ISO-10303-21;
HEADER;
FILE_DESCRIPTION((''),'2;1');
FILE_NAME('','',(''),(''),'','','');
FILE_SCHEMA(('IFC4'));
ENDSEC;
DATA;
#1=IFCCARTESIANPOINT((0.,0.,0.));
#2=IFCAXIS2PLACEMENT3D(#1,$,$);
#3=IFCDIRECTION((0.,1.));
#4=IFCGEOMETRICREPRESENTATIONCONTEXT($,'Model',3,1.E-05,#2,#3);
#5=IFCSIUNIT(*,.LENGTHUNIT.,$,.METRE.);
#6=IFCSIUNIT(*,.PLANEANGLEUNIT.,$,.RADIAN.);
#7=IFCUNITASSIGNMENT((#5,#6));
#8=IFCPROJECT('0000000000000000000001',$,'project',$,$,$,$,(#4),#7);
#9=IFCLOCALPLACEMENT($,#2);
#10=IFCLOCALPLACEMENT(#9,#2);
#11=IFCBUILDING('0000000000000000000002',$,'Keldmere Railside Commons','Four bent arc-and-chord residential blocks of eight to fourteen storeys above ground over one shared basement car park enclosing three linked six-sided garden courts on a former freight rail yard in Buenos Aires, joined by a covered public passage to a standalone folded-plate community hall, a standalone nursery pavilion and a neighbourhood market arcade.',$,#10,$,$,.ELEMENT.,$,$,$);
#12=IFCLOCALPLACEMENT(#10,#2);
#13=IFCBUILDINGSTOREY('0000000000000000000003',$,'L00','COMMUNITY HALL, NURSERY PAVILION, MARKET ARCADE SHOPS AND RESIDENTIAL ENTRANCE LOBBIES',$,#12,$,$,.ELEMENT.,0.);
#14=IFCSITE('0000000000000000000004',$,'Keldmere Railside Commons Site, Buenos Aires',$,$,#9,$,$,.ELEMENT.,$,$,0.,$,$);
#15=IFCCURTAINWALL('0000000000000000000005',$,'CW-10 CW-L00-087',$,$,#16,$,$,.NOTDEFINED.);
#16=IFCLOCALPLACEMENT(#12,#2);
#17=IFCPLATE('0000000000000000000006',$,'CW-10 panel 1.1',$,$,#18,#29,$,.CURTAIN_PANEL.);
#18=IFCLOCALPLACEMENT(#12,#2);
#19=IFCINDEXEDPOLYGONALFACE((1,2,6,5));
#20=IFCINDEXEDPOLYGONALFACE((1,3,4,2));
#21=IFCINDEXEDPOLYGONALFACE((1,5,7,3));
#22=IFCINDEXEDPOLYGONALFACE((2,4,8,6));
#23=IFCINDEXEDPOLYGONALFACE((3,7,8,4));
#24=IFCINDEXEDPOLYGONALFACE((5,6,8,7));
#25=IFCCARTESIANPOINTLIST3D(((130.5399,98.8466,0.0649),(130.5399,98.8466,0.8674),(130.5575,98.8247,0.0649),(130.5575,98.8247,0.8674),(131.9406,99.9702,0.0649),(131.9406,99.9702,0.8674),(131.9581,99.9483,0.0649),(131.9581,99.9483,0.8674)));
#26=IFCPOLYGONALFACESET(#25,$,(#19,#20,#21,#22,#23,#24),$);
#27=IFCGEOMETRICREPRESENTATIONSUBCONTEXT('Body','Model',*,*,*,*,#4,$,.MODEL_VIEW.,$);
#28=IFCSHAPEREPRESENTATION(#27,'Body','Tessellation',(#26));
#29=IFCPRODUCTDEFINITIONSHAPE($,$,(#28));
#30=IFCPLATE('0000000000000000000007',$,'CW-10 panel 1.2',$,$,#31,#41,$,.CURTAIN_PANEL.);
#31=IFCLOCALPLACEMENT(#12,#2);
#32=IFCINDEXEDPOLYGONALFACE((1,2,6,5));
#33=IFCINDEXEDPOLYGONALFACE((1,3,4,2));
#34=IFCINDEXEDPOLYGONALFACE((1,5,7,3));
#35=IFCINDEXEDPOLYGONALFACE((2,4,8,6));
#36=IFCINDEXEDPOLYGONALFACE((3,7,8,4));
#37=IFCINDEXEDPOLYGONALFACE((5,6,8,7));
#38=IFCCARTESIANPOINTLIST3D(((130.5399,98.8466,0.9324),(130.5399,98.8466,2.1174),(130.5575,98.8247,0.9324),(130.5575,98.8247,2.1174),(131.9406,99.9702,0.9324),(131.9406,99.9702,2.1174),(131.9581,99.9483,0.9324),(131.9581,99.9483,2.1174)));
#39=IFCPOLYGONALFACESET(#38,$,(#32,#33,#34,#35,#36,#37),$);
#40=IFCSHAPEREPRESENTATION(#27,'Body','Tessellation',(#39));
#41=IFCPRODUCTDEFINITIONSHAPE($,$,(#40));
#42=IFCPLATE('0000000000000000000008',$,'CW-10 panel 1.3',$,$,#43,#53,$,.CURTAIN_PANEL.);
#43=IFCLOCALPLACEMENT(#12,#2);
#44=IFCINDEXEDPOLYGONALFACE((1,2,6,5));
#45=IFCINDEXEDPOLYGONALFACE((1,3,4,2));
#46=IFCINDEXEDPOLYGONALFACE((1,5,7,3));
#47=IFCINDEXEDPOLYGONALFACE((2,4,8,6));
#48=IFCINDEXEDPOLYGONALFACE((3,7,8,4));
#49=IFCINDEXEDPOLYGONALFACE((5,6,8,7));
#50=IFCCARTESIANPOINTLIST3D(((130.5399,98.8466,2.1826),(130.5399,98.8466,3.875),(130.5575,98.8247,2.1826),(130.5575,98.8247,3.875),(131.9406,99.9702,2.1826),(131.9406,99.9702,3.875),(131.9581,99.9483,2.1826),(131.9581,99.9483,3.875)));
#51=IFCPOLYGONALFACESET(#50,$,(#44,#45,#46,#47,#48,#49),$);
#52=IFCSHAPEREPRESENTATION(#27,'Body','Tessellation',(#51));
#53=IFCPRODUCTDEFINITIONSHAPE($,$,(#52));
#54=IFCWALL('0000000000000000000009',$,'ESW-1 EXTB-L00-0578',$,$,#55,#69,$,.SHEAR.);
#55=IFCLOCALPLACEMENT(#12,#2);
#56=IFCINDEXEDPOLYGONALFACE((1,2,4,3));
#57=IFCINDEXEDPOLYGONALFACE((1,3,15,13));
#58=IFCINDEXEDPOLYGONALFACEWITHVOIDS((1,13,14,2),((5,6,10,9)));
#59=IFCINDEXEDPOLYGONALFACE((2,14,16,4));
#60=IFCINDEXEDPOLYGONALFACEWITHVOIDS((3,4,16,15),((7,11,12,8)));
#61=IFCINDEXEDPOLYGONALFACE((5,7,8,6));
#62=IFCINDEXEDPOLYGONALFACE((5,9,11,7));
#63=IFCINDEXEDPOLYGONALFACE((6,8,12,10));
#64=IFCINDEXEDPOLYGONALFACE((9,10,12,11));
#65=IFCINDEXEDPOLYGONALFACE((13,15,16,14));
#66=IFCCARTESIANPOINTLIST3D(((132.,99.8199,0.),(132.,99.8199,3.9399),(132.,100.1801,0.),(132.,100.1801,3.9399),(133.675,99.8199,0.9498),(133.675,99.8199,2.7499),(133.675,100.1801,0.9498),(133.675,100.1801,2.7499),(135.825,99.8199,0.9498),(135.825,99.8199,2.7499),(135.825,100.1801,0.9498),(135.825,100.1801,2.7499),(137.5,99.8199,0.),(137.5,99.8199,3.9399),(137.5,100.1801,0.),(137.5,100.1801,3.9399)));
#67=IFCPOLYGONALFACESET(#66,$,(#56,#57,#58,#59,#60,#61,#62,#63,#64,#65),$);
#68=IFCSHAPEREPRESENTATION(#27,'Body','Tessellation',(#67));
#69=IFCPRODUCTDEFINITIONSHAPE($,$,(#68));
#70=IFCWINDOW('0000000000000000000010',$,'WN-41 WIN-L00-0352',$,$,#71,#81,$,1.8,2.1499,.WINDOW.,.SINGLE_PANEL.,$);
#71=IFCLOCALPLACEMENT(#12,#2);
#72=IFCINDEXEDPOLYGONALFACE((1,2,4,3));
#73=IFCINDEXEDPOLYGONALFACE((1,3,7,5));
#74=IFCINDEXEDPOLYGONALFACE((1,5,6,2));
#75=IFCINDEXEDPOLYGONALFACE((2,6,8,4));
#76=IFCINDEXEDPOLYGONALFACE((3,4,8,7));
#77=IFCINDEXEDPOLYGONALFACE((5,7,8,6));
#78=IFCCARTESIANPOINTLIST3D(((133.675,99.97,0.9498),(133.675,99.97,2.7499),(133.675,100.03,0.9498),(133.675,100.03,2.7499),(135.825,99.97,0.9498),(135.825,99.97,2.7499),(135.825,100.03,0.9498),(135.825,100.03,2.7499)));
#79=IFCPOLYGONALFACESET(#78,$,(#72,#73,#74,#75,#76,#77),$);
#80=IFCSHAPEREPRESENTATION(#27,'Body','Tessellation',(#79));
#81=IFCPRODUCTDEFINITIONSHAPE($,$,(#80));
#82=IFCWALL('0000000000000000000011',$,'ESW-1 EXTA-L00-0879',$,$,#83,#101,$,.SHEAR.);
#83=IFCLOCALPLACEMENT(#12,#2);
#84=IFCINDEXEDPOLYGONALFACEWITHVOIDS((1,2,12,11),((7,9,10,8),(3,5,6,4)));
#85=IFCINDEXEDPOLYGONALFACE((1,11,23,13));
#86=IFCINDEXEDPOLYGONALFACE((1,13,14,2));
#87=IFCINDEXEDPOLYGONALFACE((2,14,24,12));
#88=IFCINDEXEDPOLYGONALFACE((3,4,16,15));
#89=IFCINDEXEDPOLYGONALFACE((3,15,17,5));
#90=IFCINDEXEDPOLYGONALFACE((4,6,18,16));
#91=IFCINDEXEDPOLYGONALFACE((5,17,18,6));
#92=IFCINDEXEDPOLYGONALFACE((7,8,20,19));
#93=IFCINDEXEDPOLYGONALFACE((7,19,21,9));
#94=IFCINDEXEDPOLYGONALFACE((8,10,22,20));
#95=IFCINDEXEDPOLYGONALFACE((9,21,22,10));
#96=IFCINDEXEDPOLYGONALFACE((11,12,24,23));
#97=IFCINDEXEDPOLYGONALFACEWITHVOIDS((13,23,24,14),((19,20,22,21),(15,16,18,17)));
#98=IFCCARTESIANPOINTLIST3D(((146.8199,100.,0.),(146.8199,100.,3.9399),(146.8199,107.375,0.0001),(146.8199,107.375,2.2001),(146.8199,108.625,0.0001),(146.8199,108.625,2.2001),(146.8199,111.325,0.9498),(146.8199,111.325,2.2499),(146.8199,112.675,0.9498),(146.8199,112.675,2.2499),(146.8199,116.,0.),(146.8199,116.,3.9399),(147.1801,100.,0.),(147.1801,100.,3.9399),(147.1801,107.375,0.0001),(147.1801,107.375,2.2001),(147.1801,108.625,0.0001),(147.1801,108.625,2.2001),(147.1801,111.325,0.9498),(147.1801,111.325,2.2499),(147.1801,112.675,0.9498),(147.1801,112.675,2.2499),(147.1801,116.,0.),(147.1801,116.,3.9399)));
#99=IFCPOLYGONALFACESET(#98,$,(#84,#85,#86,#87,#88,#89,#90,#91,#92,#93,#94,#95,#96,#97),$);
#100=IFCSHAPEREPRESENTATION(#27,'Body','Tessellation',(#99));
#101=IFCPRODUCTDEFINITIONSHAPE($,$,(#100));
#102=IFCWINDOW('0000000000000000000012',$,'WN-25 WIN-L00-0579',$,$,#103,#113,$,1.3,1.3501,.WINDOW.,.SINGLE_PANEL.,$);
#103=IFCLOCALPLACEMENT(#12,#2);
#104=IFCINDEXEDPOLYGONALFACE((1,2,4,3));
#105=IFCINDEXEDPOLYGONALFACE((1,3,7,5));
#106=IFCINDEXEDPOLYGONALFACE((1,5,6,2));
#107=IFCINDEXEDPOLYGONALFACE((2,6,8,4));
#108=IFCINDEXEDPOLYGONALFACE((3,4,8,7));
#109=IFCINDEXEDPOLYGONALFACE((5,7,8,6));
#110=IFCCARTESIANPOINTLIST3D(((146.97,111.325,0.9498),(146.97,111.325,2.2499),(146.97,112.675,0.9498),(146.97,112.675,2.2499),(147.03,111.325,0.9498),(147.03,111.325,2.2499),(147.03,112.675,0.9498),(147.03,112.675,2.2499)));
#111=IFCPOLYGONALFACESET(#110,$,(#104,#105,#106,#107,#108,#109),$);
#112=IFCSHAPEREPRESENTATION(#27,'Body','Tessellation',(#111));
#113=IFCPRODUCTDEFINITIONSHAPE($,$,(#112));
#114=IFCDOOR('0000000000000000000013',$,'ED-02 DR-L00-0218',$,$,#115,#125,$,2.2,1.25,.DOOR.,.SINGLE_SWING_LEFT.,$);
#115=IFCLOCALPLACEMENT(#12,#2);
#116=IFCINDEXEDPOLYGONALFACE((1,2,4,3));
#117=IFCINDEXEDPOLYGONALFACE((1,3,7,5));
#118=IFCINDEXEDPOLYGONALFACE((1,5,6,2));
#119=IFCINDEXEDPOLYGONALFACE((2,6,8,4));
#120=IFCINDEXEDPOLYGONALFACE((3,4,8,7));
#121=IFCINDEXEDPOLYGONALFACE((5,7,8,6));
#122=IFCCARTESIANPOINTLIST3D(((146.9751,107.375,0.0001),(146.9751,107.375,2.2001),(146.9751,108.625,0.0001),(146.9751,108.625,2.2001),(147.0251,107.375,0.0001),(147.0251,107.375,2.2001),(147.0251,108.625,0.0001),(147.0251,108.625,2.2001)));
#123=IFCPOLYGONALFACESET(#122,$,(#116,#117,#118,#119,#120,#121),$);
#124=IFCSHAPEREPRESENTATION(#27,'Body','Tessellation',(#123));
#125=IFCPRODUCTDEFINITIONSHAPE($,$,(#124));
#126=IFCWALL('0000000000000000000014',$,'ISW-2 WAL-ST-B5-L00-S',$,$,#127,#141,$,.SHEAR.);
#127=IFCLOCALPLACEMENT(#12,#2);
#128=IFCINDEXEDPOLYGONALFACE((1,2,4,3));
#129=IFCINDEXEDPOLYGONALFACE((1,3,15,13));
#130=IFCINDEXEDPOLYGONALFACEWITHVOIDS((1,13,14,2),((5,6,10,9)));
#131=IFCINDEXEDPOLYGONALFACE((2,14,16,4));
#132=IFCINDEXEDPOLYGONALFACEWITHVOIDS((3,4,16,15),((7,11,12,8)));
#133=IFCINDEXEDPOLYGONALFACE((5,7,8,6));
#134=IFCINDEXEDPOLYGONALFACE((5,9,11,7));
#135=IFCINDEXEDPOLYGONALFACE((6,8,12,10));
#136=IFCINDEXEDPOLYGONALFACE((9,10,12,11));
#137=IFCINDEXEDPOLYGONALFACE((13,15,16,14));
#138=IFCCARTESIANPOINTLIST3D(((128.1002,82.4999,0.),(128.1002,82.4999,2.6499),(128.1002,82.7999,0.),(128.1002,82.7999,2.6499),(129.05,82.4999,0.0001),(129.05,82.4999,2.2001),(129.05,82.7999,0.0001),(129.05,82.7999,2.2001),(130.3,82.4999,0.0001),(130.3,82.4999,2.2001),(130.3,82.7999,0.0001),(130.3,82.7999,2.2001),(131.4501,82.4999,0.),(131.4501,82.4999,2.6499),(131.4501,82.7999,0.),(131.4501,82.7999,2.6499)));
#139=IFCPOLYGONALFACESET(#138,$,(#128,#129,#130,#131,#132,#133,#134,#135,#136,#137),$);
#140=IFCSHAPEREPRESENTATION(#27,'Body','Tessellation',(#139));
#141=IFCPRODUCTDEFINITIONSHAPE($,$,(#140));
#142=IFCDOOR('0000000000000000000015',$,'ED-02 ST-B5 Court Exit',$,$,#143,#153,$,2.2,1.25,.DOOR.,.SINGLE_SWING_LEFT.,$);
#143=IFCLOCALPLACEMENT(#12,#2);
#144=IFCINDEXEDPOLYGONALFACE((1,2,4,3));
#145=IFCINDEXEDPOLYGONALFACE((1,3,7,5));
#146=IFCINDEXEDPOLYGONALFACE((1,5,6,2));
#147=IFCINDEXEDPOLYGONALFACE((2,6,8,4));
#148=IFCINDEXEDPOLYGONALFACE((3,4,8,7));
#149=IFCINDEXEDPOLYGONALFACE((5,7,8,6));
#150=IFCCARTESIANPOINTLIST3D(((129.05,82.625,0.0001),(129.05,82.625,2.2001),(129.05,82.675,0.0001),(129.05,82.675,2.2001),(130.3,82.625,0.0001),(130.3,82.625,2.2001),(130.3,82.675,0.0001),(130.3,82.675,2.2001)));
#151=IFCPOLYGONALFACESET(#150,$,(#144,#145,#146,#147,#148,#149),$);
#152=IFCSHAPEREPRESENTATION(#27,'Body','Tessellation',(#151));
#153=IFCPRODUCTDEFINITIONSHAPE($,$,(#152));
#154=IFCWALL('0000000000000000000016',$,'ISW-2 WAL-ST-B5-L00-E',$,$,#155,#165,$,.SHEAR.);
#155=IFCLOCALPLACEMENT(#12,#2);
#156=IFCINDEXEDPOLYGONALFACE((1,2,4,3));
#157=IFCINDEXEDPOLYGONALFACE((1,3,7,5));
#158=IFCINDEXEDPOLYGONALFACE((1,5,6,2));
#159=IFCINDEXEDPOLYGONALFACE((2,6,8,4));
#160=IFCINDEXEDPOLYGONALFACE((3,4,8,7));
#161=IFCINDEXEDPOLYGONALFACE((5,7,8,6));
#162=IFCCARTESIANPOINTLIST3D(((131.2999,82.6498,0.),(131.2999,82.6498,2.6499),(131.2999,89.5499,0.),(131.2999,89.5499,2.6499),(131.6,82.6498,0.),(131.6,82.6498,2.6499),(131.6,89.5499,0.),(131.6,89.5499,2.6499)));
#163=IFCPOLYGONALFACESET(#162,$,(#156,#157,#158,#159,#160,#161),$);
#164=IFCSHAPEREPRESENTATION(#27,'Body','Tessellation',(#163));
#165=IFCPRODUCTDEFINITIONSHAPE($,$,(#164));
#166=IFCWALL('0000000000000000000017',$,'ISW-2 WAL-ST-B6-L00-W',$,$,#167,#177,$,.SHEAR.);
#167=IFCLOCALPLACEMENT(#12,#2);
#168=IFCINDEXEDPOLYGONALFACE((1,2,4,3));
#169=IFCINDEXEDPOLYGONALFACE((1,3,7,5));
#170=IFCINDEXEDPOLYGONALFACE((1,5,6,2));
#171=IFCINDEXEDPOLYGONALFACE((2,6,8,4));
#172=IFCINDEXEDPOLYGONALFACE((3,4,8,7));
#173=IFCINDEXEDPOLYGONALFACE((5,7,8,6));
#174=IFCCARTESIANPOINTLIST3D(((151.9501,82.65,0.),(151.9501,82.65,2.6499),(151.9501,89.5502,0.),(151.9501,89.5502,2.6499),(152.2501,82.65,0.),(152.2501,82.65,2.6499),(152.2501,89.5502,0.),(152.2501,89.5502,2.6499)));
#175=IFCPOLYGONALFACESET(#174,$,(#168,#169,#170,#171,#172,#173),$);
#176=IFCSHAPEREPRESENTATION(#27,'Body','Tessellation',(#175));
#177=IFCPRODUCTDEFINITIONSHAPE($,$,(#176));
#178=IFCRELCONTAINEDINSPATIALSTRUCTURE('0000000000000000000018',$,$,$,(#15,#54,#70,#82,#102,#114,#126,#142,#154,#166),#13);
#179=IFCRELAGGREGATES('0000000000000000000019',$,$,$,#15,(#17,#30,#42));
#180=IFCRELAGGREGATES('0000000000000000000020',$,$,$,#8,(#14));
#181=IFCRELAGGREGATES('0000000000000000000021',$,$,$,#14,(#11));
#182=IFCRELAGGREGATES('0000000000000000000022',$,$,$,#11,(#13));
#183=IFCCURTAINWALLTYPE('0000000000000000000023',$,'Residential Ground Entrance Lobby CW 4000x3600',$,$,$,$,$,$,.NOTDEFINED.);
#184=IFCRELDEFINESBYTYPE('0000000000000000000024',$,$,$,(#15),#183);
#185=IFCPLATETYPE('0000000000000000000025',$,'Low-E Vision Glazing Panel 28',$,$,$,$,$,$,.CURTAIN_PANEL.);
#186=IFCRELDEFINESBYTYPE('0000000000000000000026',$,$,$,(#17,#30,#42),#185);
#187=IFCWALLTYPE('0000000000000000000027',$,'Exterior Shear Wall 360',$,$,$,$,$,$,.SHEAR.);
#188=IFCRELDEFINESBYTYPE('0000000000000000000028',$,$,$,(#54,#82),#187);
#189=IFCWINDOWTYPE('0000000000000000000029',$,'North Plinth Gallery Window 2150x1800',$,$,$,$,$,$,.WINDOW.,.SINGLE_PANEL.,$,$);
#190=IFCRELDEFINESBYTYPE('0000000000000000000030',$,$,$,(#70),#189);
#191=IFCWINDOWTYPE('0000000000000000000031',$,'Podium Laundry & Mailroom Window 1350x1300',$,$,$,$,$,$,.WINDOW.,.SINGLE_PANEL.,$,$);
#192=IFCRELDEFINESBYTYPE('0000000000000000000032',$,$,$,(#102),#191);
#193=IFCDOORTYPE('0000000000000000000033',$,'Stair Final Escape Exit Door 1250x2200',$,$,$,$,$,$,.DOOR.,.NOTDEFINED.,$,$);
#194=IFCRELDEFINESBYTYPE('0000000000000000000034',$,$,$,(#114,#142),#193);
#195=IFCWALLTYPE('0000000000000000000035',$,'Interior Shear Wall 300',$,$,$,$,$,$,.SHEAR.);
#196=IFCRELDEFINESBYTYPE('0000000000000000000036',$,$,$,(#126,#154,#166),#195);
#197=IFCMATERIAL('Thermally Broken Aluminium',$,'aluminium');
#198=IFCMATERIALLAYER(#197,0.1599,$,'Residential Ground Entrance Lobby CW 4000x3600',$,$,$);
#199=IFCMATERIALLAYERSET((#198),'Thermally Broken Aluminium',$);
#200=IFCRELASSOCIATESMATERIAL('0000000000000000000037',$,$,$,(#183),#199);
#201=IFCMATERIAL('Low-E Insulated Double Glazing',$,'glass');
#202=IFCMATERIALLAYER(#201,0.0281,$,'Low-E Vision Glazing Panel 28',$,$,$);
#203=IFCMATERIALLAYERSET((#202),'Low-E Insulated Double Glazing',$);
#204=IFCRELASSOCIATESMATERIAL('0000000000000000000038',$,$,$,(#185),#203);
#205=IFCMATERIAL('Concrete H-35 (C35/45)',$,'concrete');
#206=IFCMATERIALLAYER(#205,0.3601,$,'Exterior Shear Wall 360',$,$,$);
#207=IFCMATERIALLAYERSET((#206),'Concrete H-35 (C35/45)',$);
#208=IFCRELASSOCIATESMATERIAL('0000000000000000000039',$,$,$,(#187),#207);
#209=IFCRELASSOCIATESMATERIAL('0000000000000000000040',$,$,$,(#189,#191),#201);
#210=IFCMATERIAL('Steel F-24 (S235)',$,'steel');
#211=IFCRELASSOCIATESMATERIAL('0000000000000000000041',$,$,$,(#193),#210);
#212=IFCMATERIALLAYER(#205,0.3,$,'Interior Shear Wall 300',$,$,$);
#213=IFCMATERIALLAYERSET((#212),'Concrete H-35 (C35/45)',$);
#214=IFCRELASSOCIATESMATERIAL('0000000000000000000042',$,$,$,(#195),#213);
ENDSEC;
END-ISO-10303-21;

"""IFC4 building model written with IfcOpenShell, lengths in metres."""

from ifc_helpers import new_model, si_unit, direction, frame, frame_2d, origin, origin_2d, place, context, subcontext, project, spatial, rectangle, extrude, material, layer, layer_set, type_object, element, fill, aggregate, save


model = new_model("IFC4")

# Units and contexts
model_context = context("Model", 3, precision=1e-05, world=origin(), true_north=direction((0.0, 1.0)))
body_context = subcontext(model_context, "Body", "Model", "MODEL_VIEW")
ifc_project = project(units=[si_unit("LENGTHUNIT", "METRE"), si_unit("PLANEANGLEUNIT", "RADIAN")], contexts=[model_context])

# Site, building, storey
site_placement = place(None, origin())
site = spatial("IfcSite", under=ifc_project, at=site_placement, Name="Keldmere Railside Commons Site, Buenos Aires", CompositionType="ELEMENT", RefElevation=0.0)
building_placement = place(site_placement, origin())
building = spatial("IfcBuilding", under=site, at=building_placement, Name="Keldmere Railside Commons", Description="Four bent arc-and-chord residential blocks of eight to fourteen storeys above ground over one shared basement car park enclosing three linked six-sided garden courts on a former freight rail yard in Buenos Aires, joined by a covered public passage to a standalone folded-plate community hall, a standalone nursery pavilion and a neighbourhood market arcade.", CompositionType="ELEMENT")
storey_placement = place(building_placement, origin())
storey = spatial("IfcBuildingStorey", under=building, at=storey_placement, Name="L00", Description="COMMUNITY HALL, NURSERY PAVILION, MARKET ARCADE SHOPS AND RESIDENTIAL ENTRANCE LOBBIES", CompositionType="ELEMENT", Elevation=0.0)

# Curtain wall, plates
ifc_material_1 = material(Name="Thermally Broken Aluminium", Category="aluminium")
ifc_layer_1 = layer(ifc_material_1, 0.1599, Name="Residential Ground Entrance Lobby CW 4000x3600")
ifc_layer_set_1 = layer_set([ifc_layer_1], Name="Thermally Broken Aluminium")
curtain_wall_type = type_object("IfcCurtainWallType", Name="Residential Ground Entrance Lobby CW 4000x3600", PredefinedType="NOTDEFINED", material=ifc_layer_set_1)
curtain_wall_placement = place(storey_placement, origin())
curtain_wall = element("IfcCurtainWall", 1, at=curtain_wall_placement, inside=storey, type_object=curtain_wall_type, Name="CW-10 CW-L00-087", PredefinedType="NOTDEFINED")
ifc_material_2 = material(Name="Low-E Insulated Double Glazing", Category="glass")
ifc_layer_2 = layer(ifc_material_2, 0.0281, Name="Low-E Vision Glazing Panel 28")
ifc_layer_set_2 = layer_set([ifc_layer_2], Name="Low-E Insulated Double Glazing")
plate_type = type_object("IfcPlateType", Name="Low-E Vision Glazing Panel 28", PredefinedType="CURTAIN_PANEL", material=ifc_layer_set_2)
plate_1_placement = place(storey_placement, frame((131.249, 99.3975, 0.0649), z_axis=(0.0, 0.0, 1.0), x_axis=(-0.780009, -0.625768, 0.0)))
plate_1 = element("IfcPlate", 2, at=plate_1_placement, type_object=plate_type, Name="CW-10 panel 1.1", PredefinedType="CURTAIN_PANEL", context=body_context, shape_type="SweptSolid", body=[
    extrude(rectangle(XDim=1.7957, YDim=0.0281, at=origin_2d()), origin(), (0.0, 0.0, 1.0), 0.8025),
])
plate_2_placement = place(storey_placement, frame((131.249, 99.3975, 0.9324), z_axis=(0.0, 0.0, 1.0), x_axis=(-0.780009, -0.625768, 0.0)))
plate_2 = element("IfcPlate", 3, at=plate_2_placement, type_object=plate_type, Name="CW-10 panel 1.2", PredefinedType="CURTAIN_PANEL", context=body_context, shape_type="SweptSolid", body=[
    extrude(rectangle(XDim=1.7957, YDim=0.0281, at=origin_2d()), origin(), (0.0, 0.0, 1.0), 1.1851),
])
plate_3_placement = place(storey_placement, frame((131.249, 99.3975, 2.1826), z_axis=(0.0, 0.0, 1.0), x_axis=(-0.780009, -0.625768, 0.0)))
plate_3 = element("IfcPlate", 4, at=plate_3_placement, type_object=plate_type, Name="CW-10 panel 1.3", PredefinedType="CURTAIN_PANEL", context=body_context, shape_type="SweptSolid", body=[
    extrude(rectangle(XDim=1.7957, YDim=0.0281, at=origin_2d()), origin(), (0.0, 0.0, 1.0), 1.6924),
])
aggregate(curtain_wall, [plate_1, plate_2, plate_3])

# Wall, opening, window
ifc_material_3 = material(Name="Concrete H-35 (C35/45)", Category="concrete")
ifc_layer_3 = layer(ifc_material_3, 0.3601, Name="Exterior Shear Wall 360")
ifc_layer_set_3 = layer_set([ifc_layer_3], Name="Concrete H-35 (C35/45)")
wall_type_1 = type_object("IfcWallType", Name="Exterior Shear Wall 360", PredefinedType="SHEAR", material=ifc_layer_set_3)
wall_1_placement = place(storey_placement, frame((137.5, 100.0, 0.0), z_axis=(0.0, 0.0, 1.0), x_axis=(-1.0, 0.0, 0.0)))
wall_1 = element("IfcWall", 5, at=wall_1_placement, inside=storey, type_object=wall_type_1, Name="ESW-1 EXTB-L00-0578", PredefinedType="SHEAR", context=body_context, shape_type="SweptSolid", body=[
    extrude(rectangle(XDim=5.5, YDim=0.3601, at=frame_2d((2.75, 0.0))), origin(), (0.0, 0.0, 1.0), 3.9399),
])
opening_1_placement = place(wall_1_placement, frame((1.675, 0.0, 0.95)))
opening_1 = element("IfcOpeningElement", 6, at=opening_1_placement, cuts=wall_1, PredefinedType="OPENING", context=body_context, shape_type="SweptSolid", body=[
    extrude(rectangle(XDim=2.1499, YDim=1.8, at=frame_2d((1.075, 0.8999))), frame((0.0, 0.1899, 0.0), z_axis=(0.0, -1.0, 0.0), x_axis=(1.0, 0.0, 0.0)), (0.0, 0.0, 1.0), 0.3801),
])
window_type_1 = type_object("IfcWindowType", Name="North Plinth Gallery Window 2150x1800", PartitioningType="SINGLE_PANEL", PredefinedType="WINDOW", material=ifc_material_2)
window_1_placement = place(opening_1_placement, origin())
window_1 = element("IfcWindow", 7, at=window_1_placement, inside=storey, type_object=window_type_1, Name="WN-41 WIN-L00-0352", OverallHeight=1.8, OverallWidth=2.1499, PartitioningType="SINGLE_PANEL", PredefinedType="WINDOW", context=body_context, shape_type="SweptSolid", body=[
    extrude(rectangle(XDim=2.1499, YDim=1.8, at=frame_2d((1.075, 0.8999))), frame((0.0, 0.03, 0.0), z_axis=(0.0, -1.0, 0.0), x_axis=(1.0, 0.0, 0.0)), (0.0, 0.0, 1.0), 0.0601),
])
fill(opening_1, window_1)

# Wall, openings, window, door
wall_2_placement = place(storey_placement, frame((147.0, 100.0, 0.0), z_axis=(0.0, 0.0, 1.0), x_axis=(0.0, 1.0, 0.0)))
wall_2 = element("IfcWall", 8, at=wall_2_placement, inside=storey, type_object=wall_type_1, Name="ESW-1 EXTA-L00-0879", PredefinedType="SHEAR", context=body_context, shape_type="SweptSolid", body=[
    extrude(rectangle(XDim=16.0, YDim=0.3601, at=frame_2d((8.0, 0.0))), origin(), (0.0, 0.0, 1.0), 3.9399),
])
opening_2_placement = place(wall_2_placement, frame((7.375, 0.0, 0.0)))
opening_2 = element("IfcOpeningElement", 9, at=opening_2_placement, cuts=wall_2, PredefinedType="OPENING", context=body_context, shape_type="SweptSolid", body=[
    extrude(rectangle(XDim=1.25, YDim=2.2, at=frame_2d((0.625, 1.1001))), frame((0.0, 0.1899, 0.0), z_axis=(0.0, -1.0, 0.0), x_axis=(1.0, 0.0, 0.0)), (0.0, 0.0, 1.0), 0.3801),
])
opening_3_placement = place(wall_2_placement, frame((11.325, 0.0, 0.95)))
opening_3 = element("IfcOpeningElement", 10, at=opening_3_placement, cuts=wall_2, PredefinedType="OPENING", context=body_context, shape_type="SweptSolid", body=[
    extrude(rectangle(XDim=1.3501, YDim=1.3, at=frame_2d((0.675, 0.6499))), frame((0.0, 0.1899, 0.0), z_axis=(0.0, -1.0, 0.0), x_axis=(1.0, 0.0, 0.0)), (0.0, 0.0, 1.0), 0.3801),
])
window_type_2 = type_object("IfcWindowType", Name="Podium Laundry & Mailroom Window 1350x1300", PartitioningType="SINGLE_PANEL", PredefinedType="WINDOW", material=ifc_material_2)
window_2_placement = place(opening_3_placement, origin())
window_2 = element("IfcWindow", 11, at=window_2_placement, inside=storey, type_object=window_type_2, Name="WN-25 WIN-L00-0579", OverallHeight=1.3, OverallWidth=1.3501, PartitioningType="SINGLE_PANEL", PredefinedType="WINDOW", context=body_context, shape_type="SweptSolid", body=[
    extrude(rectangle(XDim=1.3501, YDim=1.3, at=frame_2d((0.675, 0.6499))), frame((0.0, 0.03, 0.0), z_axis=(0.0, -1.0, 0.0), x_axis=(1.0, 0.0, 0.0)), (0.0, 0.0, 1.0), 0.0601),
])
fill(opening_3, window_2)
ifc_material_4 = material(Name="Steel F-24 (S235)", Category="steel")
door_type = type_object("IfcDoorType", Name="Stair Final Escape Exit Door 1250x2200", OperationType="NOTDEFINED", PredefinedType="DOOR", material=ifc_material_4)
door_1_placement = place(opening_2_placement, origin())
door_1 = element("IfcDoor", 12, at=door_1_placement, inside=storey, type_object=door_type, Name="ED-02 DR-L00-0218", OperationType="SINGLE_SWING_LEFT", OverallHeight=2.2, OverallWidth=1.25, PredefinedType="DOOR", context=body_context, shape_type="SweptSolid", body=[
    extrude(rectangle(XDim=1.25, YDim=2.2, at=frame_2d((0.625, 1.1001))), frame((0.0, 0.0249, 0.0), z_axis=(0.0, -1.0, 0.0), x_axis=(1.0, 0.0, 0.0)), (0.0, 0.0, 1.0), 0.05),
])
fill(opening_2, door_1)

# Wall, opening, door
ifc_layer_4 = layer(ifc_material_3, 0.3, Name="Interior Shear Wall 300")
ifc_layer_set_4 = layer_set([ifc_layer_4], Name="Concrete H-35 (C35/45)")
wall_type_2 = type_object("IfcWallType", Name="Interior Shear Wall 300", PredefinedType="SHEAR", material=ifc_layer_set_4)
wall_3_placement = place(storey_placement, frame((131.45, 82.6499, 0.0), z_axis=(0.0, 0.0, 1.0), x_axis=(-1.0, 0.0, 0.0)))
wall_3 = element("IfcWall", 13, at=wall_3_placement, inside=storey, type_object=wall_type_2, Name="ISW-2 WAL-ST-B5-L00-S", PredefinedType="SHEAR", context=body_context, shape_type="SweptSolid", body=[
    extrude(rectangle(XDim=3.3499, YDim=0.3, at=frame_2d((1.6748, 0.0))), origin(), (0.0, 0.0, 1.0), 2.6499),
])
opening_4_placement = place(wall_3_placement, frame((1.1499, 0.0, 0.0)))
opening_4 = element("IfcOpeningElement", 14, at=opening_4_placement, cuts=wall_3, PredefinedType="OPENING", context=body_context, shape_type="SweptSolid", body=[
    extrude(rectangle(XDim=1.25, YDim=2.2, at=frame_2d((0.625, 1.1001))), frame((0.0, 0.1599, 0.0), z_axis=(0.0, -1.0, 0.0), x_axis=(1.0, 0.0, 0.0)), (0.0, 0.0, 1.0), 0.3201),
])
door_2_placement = place(opening_4_placement, origin())
door_2 = element("IfcDoor", 15, at=door_2_placement, inside=storey, type_object=door_type, Name="ED-02 ST-B5 Court Exit", OperationType="SINGLE_SWING_LEFT", OverallHeight=2.2, OverallWidth=1.25, PredefinedType="DOOR", context=body_context, shape_type="SweptSolid", body=[
    extrude(rectangle(XDim=1.25, YDim=2.2, at=frame_2d((0.625, 1.1001))), frame((0.0, 0.0249, 0.0), z_axis=(0.0, -1.0, 0.0), x_axis=(1.0, 0.0, 0.0)), (0.0, 0.0, 1.0), 0.05),
])
fill(opening_4, door_2)

# Walls
for number, where, z_axis, x_axis, name in (
    (16, (131.45, 89.55, 0.0), (0.0, 0.0, 1.0), (0.0, -1.0, 0.0), "ISW-2 WAL-ST-B5-L00-E"),
    (17, (152.1001, 82.6499, 0.0), (0.0, 0.0, 1.0), (0.0, 1.0, 0.0), "ISW-2 WAL-ST-B6-L00-W"),
):
    element("IfcWall", number, at=place(storey_placement, frame(where, z_axis=z_axis, x_axis=x_axis)), inside=storey, type_object=wall_type_2, Name=name, PredefinedType="SHEAR", context=body_context, shape_type="SweptSolid", body=[
        extrude(rectangle(XDim=6.9001, YDim=0.3, at=frame_2d((3.4502, 0.0))), origin(), (0.0, 0.0, 1.0), 2.6499),
    ])

save(model, "model.ifc")
